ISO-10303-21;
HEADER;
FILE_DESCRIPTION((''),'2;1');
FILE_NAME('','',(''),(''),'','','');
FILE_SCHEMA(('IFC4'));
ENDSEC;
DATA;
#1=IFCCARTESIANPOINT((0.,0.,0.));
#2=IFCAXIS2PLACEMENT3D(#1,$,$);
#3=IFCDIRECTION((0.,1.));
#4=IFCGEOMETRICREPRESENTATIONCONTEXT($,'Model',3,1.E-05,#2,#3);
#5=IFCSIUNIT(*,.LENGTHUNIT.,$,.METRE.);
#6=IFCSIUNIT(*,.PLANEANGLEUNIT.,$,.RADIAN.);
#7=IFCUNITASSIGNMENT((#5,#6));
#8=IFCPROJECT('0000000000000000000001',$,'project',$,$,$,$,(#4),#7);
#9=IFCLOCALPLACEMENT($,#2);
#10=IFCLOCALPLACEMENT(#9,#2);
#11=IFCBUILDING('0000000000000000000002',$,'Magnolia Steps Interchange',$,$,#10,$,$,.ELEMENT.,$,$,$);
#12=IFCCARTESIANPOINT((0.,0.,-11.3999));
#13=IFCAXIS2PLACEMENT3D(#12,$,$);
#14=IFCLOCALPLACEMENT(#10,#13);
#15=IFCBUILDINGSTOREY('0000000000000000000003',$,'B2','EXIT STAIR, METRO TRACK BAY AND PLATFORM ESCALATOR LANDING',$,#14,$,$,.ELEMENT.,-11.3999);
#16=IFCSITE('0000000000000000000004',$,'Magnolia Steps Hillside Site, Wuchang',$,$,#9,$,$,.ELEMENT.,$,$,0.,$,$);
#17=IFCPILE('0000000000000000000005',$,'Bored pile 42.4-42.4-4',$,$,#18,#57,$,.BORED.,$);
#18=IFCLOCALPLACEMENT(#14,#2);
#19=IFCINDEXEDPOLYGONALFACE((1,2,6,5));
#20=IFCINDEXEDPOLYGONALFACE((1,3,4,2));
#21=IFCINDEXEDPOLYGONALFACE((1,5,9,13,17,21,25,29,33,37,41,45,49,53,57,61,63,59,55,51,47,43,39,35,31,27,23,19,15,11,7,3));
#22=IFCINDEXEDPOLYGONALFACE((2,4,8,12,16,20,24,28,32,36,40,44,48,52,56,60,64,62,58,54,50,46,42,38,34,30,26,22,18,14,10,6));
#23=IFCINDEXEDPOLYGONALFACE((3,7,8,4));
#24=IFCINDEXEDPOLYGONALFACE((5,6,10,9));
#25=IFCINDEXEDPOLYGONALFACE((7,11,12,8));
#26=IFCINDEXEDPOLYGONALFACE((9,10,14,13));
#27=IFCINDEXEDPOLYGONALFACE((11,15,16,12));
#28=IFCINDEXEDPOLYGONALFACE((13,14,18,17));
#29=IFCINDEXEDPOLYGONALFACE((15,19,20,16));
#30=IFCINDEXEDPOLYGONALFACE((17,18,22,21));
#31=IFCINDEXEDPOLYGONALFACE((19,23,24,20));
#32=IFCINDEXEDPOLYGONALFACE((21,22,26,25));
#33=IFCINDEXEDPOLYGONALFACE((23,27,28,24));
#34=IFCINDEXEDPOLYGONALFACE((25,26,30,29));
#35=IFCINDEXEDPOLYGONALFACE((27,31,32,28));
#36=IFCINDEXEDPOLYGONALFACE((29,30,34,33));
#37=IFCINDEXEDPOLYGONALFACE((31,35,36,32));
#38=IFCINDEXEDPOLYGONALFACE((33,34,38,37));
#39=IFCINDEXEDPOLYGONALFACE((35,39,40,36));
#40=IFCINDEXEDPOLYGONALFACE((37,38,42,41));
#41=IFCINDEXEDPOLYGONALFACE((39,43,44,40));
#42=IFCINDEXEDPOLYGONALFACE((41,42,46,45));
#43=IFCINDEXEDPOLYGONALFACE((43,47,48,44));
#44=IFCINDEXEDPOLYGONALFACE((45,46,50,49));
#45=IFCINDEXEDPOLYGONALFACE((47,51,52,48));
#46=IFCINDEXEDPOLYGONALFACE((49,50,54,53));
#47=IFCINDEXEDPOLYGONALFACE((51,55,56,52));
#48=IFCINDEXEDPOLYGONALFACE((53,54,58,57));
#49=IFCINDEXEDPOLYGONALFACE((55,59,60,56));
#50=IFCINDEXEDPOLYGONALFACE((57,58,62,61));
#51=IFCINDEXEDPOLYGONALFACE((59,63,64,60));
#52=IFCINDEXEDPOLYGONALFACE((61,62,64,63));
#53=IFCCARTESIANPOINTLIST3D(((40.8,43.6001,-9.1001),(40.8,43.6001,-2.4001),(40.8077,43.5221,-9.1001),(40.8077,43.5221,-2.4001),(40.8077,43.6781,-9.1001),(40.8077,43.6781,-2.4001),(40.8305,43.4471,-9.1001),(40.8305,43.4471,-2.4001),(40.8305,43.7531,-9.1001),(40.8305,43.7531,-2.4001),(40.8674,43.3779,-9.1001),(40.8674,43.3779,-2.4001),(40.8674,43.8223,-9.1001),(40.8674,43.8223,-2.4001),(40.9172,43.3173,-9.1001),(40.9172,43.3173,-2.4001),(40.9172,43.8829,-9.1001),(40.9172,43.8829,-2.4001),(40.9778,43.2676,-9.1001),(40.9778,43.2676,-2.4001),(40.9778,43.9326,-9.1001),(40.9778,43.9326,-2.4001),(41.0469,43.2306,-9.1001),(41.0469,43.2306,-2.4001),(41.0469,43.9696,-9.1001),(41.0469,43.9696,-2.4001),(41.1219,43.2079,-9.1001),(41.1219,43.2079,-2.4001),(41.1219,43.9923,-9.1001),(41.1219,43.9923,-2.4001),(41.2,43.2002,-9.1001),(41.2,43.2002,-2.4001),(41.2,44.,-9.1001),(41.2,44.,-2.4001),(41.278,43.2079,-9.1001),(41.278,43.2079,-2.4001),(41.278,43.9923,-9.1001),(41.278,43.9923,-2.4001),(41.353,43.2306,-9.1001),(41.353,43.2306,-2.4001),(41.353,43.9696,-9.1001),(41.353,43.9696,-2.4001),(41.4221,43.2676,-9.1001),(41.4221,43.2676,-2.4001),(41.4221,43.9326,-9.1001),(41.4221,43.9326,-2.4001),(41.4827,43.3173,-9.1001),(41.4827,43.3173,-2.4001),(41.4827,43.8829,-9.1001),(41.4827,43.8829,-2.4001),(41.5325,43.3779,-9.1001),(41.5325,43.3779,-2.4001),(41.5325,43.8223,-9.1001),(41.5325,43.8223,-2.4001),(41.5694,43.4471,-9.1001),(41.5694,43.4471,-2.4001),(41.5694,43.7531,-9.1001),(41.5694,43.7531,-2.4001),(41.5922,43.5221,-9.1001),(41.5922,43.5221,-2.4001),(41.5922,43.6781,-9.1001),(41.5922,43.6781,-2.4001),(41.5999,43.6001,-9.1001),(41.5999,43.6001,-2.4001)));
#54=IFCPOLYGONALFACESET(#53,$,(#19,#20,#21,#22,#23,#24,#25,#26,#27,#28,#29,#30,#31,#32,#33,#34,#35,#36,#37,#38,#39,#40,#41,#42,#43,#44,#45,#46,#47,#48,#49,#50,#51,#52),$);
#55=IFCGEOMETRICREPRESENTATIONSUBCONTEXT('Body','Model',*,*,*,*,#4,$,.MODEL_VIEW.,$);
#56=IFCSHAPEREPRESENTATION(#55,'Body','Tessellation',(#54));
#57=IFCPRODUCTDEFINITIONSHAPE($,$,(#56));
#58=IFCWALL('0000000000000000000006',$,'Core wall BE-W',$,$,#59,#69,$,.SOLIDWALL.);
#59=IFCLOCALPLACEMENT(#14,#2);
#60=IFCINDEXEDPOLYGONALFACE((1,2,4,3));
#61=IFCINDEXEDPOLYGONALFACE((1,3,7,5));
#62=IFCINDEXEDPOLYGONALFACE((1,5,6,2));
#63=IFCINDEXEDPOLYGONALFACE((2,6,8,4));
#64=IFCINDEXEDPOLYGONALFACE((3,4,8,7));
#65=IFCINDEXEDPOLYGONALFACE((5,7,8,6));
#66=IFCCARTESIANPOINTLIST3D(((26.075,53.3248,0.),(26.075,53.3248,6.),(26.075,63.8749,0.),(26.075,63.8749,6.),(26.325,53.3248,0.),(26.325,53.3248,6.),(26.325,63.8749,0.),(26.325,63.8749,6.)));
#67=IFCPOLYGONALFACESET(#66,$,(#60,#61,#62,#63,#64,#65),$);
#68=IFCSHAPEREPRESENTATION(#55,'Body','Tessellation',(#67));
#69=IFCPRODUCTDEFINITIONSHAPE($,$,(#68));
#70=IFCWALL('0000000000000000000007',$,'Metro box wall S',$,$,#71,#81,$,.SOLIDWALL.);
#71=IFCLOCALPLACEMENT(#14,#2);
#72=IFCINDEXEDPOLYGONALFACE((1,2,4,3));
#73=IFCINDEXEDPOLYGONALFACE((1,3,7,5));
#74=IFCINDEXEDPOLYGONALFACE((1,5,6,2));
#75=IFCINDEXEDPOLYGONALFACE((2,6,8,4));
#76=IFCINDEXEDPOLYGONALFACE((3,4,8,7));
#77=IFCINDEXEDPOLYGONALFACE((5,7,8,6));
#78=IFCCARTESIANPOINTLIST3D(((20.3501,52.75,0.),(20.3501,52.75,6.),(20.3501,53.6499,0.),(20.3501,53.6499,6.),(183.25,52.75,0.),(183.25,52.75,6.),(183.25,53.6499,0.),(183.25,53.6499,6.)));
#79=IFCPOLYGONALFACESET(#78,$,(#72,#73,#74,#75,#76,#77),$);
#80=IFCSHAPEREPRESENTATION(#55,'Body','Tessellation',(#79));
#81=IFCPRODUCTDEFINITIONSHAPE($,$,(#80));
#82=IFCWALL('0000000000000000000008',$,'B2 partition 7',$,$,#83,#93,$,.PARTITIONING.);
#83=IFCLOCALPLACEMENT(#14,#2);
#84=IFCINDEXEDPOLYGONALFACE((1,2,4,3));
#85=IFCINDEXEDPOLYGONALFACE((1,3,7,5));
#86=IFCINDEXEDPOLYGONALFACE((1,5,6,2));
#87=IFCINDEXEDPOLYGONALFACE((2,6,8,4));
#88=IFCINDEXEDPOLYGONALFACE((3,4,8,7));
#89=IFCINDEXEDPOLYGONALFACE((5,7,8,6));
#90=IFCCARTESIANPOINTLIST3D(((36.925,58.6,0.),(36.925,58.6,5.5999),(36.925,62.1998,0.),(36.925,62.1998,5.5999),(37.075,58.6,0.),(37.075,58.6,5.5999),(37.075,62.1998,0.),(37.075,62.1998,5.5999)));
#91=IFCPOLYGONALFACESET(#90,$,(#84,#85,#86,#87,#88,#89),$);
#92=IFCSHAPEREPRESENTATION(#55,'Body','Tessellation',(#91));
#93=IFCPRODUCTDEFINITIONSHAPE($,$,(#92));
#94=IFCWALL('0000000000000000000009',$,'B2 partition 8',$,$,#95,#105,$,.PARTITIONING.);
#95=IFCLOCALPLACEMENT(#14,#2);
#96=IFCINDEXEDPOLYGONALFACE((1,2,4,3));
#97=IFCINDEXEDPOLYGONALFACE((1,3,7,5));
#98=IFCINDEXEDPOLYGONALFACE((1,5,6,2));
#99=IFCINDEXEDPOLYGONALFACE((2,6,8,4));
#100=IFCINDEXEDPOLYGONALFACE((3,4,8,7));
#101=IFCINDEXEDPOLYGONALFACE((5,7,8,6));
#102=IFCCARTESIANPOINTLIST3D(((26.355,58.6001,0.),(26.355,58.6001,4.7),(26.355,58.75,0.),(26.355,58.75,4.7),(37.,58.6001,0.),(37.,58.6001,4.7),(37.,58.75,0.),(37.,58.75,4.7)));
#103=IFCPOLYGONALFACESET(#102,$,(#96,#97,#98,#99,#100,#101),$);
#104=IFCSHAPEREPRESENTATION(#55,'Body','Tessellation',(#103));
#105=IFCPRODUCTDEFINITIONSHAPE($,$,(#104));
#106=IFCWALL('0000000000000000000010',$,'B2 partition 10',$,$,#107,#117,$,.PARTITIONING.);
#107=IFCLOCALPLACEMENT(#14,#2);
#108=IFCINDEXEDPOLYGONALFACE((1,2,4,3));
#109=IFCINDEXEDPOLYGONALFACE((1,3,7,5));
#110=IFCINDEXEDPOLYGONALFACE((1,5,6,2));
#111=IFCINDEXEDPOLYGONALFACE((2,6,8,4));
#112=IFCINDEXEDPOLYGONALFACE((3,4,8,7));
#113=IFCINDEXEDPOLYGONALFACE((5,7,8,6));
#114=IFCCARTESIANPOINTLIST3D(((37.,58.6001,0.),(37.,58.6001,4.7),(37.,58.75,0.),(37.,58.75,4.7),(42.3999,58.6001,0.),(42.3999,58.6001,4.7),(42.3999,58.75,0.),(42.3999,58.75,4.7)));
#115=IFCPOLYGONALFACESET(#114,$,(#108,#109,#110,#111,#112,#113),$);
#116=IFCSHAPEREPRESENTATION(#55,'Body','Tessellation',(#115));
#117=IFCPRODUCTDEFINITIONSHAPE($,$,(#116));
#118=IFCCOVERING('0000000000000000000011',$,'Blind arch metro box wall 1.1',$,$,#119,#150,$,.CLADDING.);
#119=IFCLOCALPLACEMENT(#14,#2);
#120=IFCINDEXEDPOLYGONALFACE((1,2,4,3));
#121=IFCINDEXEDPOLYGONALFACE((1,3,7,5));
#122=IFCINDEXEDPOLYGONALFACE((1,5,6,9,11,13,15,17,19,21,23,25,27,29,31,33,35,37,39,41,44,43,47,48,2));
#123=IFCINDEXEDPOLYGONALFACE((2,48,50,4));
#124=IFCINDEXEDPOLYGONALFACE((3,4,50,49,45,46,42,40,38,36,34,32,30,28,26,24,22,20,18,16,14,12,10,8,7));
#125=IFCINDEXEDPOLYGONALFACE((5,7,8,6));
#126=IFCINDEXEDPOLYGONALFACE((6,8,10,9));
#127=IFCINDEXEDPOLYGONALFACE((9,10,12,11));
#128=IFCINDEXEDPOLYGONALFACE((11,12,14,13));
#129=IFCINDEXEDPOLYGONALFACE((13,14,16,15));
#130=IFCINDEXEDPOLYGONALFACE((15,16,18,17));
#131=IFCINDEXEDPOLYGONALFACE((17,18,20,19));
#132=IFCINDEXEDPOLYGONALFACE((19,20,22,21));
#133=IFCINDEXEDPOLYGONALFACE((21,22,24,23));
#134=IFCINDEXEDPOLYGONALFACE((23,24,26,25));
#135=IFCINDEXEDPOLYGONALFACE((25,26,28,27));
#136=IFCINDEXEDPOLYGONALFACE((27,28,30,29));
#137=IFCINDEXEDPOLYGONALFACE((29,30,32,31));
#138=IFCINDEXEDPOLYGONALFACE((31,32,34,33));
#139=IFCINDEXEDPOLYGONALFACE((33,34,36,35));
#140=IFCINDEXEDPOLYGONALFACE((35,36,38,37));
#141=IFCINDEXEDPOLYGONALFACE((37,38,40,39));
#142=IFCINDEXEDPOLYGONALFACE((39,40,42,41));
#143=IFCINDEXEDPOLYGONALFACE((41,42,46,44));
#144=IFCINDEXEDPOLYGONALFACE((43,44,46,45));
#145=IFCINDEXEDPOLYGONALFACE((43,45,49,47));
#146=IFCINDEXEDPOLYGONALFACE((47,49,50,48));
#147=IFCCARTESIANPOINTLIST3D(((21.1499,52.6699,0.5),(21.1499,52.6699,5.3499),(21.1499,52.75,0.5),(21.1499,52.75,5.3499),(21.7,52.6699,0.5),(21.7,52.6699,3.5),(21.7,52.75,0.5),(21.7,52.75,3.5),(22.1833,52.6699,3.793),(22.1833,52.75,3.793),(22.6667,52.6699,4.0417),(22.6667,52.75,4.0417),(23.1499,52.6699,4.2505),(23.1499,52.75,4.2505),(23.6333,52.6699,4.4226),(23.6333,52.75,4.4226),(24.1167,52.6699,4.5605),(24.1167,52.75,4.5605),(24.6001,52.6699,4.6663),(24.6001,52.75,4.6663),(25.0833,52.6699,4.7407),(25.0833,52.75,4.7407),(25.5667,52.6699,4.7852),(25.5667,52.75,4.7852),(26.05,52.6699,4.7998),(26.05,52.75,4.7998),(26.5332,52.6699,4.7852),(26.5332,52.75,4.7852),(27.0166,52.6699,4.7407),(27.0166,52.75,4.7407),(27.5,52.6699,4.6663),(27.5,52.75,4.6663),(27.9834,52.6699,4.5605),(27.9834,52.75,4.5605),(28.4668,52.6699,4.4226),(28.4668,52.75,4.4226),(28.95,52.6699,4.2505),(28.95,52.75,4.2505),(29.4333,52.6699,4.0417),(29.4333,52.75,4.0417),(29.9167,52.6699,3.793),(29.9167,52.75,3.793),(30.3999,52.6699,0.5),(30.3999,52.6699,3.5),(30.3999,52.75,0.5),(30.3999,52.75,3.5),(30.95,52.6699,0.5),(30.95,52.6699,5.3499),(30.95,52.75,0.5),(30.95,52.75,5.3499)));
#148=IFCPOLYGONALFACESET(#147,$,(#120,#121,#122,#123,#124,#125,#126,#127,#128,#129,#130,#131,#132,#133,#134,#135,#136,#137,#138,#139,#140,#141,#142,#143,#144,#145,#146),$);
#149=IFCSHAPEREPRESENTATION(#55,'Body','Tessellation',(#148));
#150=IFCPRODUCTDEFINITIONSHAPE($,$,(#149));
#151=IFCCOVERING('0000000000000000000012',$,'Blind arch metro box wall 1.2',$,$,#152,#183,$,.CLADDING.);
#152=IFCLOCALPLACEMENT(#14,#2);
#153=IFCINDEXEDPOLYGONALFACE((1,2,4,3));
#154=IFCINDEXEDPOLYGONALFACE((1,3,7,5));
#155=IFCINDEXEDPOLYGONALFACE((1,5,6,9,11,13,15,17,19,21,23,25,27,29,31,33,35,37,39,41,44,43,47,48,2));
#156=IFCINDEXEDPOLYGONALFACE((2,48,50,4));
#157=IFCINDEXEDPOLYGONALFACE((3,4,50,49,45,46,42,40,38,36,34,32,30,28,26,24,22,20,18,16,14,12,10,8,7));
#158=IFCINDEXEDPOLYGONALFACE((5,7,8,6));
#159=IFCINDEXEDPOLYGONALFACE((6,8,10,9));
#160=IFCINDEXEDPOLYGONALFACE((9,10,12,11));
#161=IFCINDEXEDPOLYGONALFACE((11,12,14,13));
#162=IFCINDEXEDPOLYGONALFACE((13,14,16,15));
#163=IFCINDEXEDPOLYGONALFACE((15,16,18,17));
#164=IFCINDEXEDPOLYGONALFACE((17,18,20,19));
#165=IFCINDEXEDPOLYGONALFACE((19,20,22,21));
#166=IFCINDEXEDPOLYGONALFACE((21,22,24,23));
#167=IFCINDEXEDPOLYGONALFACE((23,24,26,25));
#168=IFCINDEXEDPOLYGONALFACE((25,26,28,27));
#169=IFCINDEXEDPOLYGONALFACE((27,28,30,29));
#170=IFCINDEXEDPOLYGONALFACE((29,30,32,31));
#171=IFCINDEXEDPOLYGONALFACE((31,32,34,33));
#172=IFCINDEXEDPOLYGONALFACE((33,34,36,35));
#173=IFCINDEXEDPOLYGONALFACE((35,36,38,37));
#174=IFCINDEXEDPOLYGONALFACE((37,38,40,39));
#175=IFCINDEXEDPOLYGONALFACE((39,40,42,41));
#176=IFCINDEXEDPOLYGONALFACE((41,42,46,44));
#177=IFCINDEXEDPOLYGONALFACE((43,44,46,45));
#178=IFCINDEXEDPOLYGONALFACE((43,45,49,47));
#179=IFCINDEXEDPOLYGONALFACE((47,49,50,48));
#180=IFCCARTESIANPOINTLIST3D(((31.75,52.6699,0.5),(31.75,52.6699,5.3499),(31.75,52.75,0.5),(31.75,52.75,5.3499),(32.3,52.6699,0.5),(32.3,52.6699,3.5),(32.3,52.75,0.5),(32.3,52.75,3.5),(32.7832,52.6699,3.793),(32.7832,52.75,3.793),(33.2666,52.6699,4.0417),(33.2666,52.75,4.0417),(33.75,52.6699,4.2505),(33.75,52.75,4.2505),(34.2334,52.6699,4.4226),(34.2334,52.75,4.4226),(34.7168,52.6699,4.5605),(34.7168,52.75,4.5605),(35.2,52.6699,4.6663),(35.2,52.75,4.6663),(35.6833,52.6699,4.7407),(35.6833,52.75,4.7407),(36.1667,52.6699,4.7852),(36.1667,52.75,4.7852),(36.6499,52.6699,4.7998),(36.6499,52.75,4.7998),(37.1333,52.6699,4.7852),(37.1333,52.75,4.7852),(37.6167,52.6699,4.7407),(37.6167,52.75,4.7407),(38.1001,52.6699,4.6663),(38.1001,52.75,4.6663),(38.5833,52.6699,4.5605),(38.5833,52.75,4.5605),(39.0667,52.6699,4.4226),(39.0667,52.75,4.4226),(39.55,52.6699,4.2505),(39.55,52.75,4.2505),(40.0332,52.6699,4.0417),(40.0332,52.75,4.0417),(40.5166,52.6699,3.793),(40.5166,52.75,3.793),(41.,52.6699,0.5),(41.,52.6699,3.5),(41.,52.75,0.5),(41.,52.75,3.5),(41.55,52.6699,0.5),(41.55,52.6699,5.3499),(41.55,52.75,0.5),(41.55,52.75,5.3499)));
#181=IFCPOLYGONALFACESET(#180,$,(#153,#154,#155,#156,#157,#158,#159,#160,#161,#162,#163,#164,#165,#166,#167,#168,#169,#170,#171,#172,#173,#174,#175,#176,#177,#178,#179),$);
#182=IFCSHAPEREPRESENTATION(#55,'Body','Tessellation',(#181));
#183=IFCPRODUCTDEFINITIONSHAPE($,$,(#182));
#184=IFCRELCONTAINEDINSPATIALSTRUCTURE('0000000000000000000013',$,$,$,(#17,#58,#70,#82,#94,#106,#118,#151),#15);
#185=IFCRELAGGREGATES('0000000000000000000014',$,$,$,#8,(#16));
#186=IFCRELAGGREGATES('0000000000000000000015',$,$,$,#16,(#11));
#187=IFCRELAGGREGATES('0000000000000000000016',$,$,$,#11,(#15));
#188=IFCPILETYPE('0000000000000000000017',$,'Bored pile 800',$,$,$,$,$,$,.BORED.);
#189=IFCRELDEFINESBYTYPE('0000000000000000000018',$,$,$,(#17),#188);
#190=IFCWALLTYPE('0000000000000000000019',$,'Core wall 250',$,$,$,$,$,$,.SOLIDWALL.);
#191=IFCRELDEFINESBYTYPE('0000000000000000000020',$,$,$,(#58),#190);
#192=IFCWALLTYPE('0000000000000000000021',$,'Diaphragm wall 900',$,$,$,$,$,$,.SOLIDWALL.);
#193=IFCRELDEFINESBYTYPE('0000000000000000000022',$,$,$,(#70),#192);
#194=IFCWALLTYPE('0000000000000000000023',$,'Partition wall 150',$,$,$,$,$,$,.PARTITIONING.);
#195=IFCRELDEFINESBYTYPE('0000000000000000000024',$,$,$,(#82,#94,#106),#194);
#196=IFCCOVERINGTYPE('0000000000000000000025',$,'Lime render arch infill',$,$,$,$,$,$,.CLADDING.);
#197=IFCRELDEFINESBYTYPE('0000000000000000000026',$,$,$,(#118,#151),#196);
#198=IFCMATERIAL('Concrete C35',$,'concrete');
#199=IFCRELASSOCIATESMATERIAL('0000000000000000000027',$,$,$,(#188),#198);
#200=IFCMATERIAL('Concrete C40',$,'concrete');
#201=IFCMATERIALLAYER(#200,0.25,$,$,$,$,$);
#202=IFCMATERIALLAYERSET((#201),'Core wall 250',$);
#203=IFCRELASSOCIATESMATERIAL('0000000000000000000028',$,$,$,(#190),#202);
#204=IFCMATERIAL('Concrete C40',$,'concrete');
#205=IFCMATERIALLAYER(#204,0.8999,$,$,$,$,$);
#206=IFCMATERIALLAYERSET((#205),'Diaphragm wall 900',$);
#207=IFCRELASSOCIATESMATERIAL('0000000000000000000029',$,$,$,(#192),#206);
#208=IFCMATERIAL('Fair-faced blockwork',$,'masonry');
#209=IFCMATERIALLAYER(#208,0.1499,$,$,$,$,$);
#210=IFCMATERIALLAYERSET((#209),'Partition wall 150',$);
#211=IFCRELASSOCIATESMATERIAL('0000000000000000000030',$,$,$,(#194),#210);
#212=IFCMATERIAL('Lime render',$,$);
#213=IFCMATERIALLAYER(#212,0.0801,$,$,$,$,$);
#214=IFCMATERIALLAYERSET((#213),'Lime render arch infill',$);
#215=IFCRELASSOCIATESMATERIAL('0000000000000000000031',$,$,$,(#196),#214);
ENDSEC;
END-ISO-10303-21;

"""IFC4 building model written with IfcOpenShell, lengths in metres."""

from ifc_helpers import new_model, si_unit, direction, frame, frame_2d, origin, origin_2d, place, context, subcontext, project, spatial, polyline, rectangle, circle, outline, extrude, material, layer, layer_set, material_profile, profile_set, type_object, element, save


model = new_model("IFC4")

# Units and contexts
model_context = context("Model", 3, precision=1e-05, world=origin(), true_north=direction((0.0, 1.0)))
body_context = subcontext(model_context, "Body", "Model", "MODEL_VIEW")
ifc_project = project(units=[si_unit("LENGTHUNIT", "METRE"), si_unit("PLANEANGLEUNIT", "RADIAN")], contexts=[model_context])

# Site, building, storey
site_placement = place(None, origin())
site = spatial("IfcSite", under=ifc_project, at=site_placement, Name="Magnolia Steps Hillside Site, Wuchang", CompositionType="ELEMENT", RefElevation=0.0)
building_placement = place(site_placement, origin())
building = spatial("IfcBuilding", under=site, at=building_placement, Name="Magnolia Steps Interchange", CompositionType="ELEMENT")
storey_placement = place(building_placement, frame((0.0, 0.0, -11.3999)))
storey = spatial("IfcBuildingStorey", under=building, at=storey_placement, Name="B2", Description="EXIT STAIR, METRO TRACK BAY AND PLATFORM ESCALATOR LANDING", CompositionType="ELEMENT", Elevation=-11.3999)

# Pile
ifc_material_1 = material(Name="Concrete C35", Category="concrete")
ifc_material_profile_1 = material_profile(ifc_material_1, circle(Radius=0.3999, at=origin_2d()), Name="Bored pile 800")
ifc_profile_set_1 = profile_set([ifc_material_profile_1], Name="Concrete C35")
pile_type_1 = type_object("IfcPileType", Name="Bored pile 800", PredefinedType="BORED", material=ifc_profile_set_1)
pile_placement = place(storey_placement, frame((41.2, 43.6001, -2.4001), z_axis=(0.0, 0.0, -1.0), x_axis=(1.0, 0.0, 0.0)))
element("IfcPile", 1, at=pile_placement, inside=storey, type_object=pile_type_1, Name="Bored pile 42.4-42.4-4", PredefinedType="BORED", context=body_context, shape_type="SweptSolid", body=[
    extrude(circle(Radius=0.3999, at=origin_2d()), origin(), (0.0, 0.0, 1.0), 6.7),
])

# Walls
ifc_material_2 = material(Name="Concrete C40", Category="concrete")
ifc_layer_1 = layer(ifc_material_2, 0.25)
ifc_layer_set_1 = layer_set([ifc_layer_1], Name="Core wall 250")
wall_type_1 = type_object("IfcWallType", Name="Core wall 250", PredefinedType="SOLIDWALL", material=ifc_layer_set_1)
wall_1_placement = place(storey_placement, frame((26.2, 53.325, 0.0), z_axis=(0.0, 0.0, 1.0), x_axis=(0.0, 1.0, 0.0)))
element("IfcWall", 2, at=wall_1_placement, inside=storey, type_object=wall_type_1, Name="Core wall BE-W", PredefinedType="SOLIDWALL", context=body_context, shape_type="SweptSolid", body=[
    extrude(rectangle(XDim=10.55, YDim=0.25, at=frame_2d((5.2749, 0.0))), origin(), (0.0, 0.0, 1.0), 6.0),
])
ifc_material_3 = material(Name="Concrete C40", Category="concrete")
ifc_layer_2 = layer(ifc_material_3, 0.8999)
ifc_layer_set_2 = layer_set([ifc_layer_2], Name="Diaphragm wall 900")
wall_type_2 = type_object("IfcWallType", Name="Diaphragm wall 900", PredefinedType="SOLIDWALL", material=ifc_layer_set_2)
wall_2_placement = place(storey_placement, frame((20.3501, 53.2, 0.0), z_axis=(0.0, 0.0, 1.0), x_axis=(1.0, 0.0, 0.0)))
element("IfcWall", 3, at=wall_2_placement, inside=storey, type_object=wall_type_2, Name="Metro box wall S", PredefinedType="SOLIDWALL", context=body_context, shape_type="SweptSolid", body=[
    extrude(rectangle(XDim=162.8999, YDim=0.8999, at=frame_2d((81.45, 0.0))), origin(), (0.0, 0.0, 1.0), 6.0),
])
ifc_material_4 = material(Name="Fair-faced blockwork", Category="masonry")
ifc_layer_3 = layer(ifc_material_4, 0.1499)
ifc_layer_set_3 = layer_set([ifc_layer_3], Name="Partition wall 150")
wall_type_3 = type_object("IfcWallType", Name="Partition wall 150", PredefinedType="PARTITIONING", material=ifc_layer_set_3)
wall_3_placement = place(storey_placement, frame((37.0, 58.6001, 0.0), z_axis=(0.0, 0.0, 1.0), x_axis=(0.0, 1.0, 0.0)))
element("IfcWall", 4, at=wall_3_placement, inside=storey, type_object=wall_type_3, Name="B2 partition 7", PredefinedType="PARTITIONING", context=body_context, shape_type="SweptSolid", body=[
    extrude(rectangle(XDim=3.5999, YDim=0.1499, at=frame_2d((1.7998, 0.0))), origin(), (0.0, 0.0, 1.0), 5.5999),
])
wall_4_placement = place(storey_placement, frame((26.355, 58.675, 0.0), z_axis=(0.0, 0.0, 1.0), x_axis=(1.0, 0.0, 0.0)))
element("IfcWall", 5, at=wall_4_placement, inside=storey, type_object=wall_type_3, Name="B2 partition 8", PredefinedType="PARTITIONING", context=body_context, shape_type="SweptSolid", body=[
    extrude(rectangle(XDim=10.645, YDim=0.1499, at=frame_2d((5.3225, 0.0))), origin(), (0.0, 0.0, 1.0), 4.7),
])
wall_5_placement = place(storey_placement, frame((37.0, 58.675, 0.0), z_axis=(0.0, 0.0, 1.0), x_axis=(1.0, 0.0, 0.0)))
element("IfcWall", 6, at=wall_5_placement, inside=storey, type_object=wall_type_3, Name="B2 partition 10", PredefinedType="PARTITIONING", context=body_context, shape_type="SweptSolid", body=[
    extrude(rectangle(XDim=5.3999, YDim=0.1499, at=frame_2d((2.7, 0.0))), origin(), (0.0, 0.0, 1.0), 4.7),
])

# Coverings
ifc_material_5 = material(Name="Lime render")
ifc_layer_4 = layer(ifc_material_5, 0.0801)
ifc_layer_set_4 = layer_set([ifc_layer_4], Name="Lime render arch infill")
covering_type_1 = type_object("IfcCoveringType", Name="Lime render arch infill", PredefinedType="CLADDING", material=ifc_layer_set_4)
covering_1_placement = place(storey_placement, frame((21.1499, 52.75, 0.5), z_axis=(0.0, 1.0, 0.0), x_axis=(0.0, 0.0, 1.0)))
element("IfcCovering", 7, at=covering_1_placement, inside=storey, type_object=covering_type_1, Name="Blind arch metro box wall 1.1", PredefinedType="CLADDING", context=body_context, shape_type="SweptSolid", body=[
    extrude(outline(polyline([(0.0, 0.0), (4.8499, 0.0), (4.8499, 9.8), (0.0, 9.8), (0.0, 9.25), (3.0, 9.25), (3.293, 8.7668), (3.5417, 8.2834), (3.7505, 7.8), (3.9226, 7.3169), (4.0605, 6.8335), (4.1663, 6.3501), (4.2407, 5.8667), (4.2852, 5.3833), (4.2998, 4.9001), (4.2852, 4.4167), (4.2407, 3.9333), (4.1663, 3.4502), (4.0605, 2.9668), (3.9226, 2.4834), (3.7505, 2.0), (3.5417, 1.5168), (3.293, 1.0334), (3.0, 0.55), (0.0, 0.55), (0.0, 0.0)])), origin(), (0.0, 0.0, -1.0), 0.0801),
])
covering_2_placement = place(storey_placement, frame((31.75, 52.75, 0.5), z_axis=(0.0, 1.0, 0.0), x_axis=(0.0, 0.0, 1.0)))
element("IfcCovering", 8, at=covering_2_placement, inside=storey, type_object=covering_type_1, Name="Blind arch metro box wall 1.2", PredefinedType="CLADDING", context=body_context, shape_type="SweptSolid", body=[
    extrude(outline(polyline([(0.0, 0.0), (4.8499, 0.0), (4.8499, 9.8), (0.0, 9.8), (0.0, 9.25), (3.0, 9.25), (3.293, 8.7666), (3.5417, 8.2832), (3.7505, 7.8), (3.9226, 7.3167), (4.0605, 6.8333), (4.1663, 6.3501), (4.2407, 5.8667), (4.2852, 5.3833), (4.2998, 4.8999), (4.2852, 4.4167), (4.2407, 3.9333), (4.1663, 3.45), (4.0605, 2.9668), (3.9226, 2.4834), (3.7505, 2.0), (3.5417, 1.5166), (3.293, 1.0332), (3.0, 0.55), (0.0, 0.55), (0.0, 0.0)])), origin(), (0.0, 0.0, -1.0), 0.0801),
])

save(model, "model.ifc")
